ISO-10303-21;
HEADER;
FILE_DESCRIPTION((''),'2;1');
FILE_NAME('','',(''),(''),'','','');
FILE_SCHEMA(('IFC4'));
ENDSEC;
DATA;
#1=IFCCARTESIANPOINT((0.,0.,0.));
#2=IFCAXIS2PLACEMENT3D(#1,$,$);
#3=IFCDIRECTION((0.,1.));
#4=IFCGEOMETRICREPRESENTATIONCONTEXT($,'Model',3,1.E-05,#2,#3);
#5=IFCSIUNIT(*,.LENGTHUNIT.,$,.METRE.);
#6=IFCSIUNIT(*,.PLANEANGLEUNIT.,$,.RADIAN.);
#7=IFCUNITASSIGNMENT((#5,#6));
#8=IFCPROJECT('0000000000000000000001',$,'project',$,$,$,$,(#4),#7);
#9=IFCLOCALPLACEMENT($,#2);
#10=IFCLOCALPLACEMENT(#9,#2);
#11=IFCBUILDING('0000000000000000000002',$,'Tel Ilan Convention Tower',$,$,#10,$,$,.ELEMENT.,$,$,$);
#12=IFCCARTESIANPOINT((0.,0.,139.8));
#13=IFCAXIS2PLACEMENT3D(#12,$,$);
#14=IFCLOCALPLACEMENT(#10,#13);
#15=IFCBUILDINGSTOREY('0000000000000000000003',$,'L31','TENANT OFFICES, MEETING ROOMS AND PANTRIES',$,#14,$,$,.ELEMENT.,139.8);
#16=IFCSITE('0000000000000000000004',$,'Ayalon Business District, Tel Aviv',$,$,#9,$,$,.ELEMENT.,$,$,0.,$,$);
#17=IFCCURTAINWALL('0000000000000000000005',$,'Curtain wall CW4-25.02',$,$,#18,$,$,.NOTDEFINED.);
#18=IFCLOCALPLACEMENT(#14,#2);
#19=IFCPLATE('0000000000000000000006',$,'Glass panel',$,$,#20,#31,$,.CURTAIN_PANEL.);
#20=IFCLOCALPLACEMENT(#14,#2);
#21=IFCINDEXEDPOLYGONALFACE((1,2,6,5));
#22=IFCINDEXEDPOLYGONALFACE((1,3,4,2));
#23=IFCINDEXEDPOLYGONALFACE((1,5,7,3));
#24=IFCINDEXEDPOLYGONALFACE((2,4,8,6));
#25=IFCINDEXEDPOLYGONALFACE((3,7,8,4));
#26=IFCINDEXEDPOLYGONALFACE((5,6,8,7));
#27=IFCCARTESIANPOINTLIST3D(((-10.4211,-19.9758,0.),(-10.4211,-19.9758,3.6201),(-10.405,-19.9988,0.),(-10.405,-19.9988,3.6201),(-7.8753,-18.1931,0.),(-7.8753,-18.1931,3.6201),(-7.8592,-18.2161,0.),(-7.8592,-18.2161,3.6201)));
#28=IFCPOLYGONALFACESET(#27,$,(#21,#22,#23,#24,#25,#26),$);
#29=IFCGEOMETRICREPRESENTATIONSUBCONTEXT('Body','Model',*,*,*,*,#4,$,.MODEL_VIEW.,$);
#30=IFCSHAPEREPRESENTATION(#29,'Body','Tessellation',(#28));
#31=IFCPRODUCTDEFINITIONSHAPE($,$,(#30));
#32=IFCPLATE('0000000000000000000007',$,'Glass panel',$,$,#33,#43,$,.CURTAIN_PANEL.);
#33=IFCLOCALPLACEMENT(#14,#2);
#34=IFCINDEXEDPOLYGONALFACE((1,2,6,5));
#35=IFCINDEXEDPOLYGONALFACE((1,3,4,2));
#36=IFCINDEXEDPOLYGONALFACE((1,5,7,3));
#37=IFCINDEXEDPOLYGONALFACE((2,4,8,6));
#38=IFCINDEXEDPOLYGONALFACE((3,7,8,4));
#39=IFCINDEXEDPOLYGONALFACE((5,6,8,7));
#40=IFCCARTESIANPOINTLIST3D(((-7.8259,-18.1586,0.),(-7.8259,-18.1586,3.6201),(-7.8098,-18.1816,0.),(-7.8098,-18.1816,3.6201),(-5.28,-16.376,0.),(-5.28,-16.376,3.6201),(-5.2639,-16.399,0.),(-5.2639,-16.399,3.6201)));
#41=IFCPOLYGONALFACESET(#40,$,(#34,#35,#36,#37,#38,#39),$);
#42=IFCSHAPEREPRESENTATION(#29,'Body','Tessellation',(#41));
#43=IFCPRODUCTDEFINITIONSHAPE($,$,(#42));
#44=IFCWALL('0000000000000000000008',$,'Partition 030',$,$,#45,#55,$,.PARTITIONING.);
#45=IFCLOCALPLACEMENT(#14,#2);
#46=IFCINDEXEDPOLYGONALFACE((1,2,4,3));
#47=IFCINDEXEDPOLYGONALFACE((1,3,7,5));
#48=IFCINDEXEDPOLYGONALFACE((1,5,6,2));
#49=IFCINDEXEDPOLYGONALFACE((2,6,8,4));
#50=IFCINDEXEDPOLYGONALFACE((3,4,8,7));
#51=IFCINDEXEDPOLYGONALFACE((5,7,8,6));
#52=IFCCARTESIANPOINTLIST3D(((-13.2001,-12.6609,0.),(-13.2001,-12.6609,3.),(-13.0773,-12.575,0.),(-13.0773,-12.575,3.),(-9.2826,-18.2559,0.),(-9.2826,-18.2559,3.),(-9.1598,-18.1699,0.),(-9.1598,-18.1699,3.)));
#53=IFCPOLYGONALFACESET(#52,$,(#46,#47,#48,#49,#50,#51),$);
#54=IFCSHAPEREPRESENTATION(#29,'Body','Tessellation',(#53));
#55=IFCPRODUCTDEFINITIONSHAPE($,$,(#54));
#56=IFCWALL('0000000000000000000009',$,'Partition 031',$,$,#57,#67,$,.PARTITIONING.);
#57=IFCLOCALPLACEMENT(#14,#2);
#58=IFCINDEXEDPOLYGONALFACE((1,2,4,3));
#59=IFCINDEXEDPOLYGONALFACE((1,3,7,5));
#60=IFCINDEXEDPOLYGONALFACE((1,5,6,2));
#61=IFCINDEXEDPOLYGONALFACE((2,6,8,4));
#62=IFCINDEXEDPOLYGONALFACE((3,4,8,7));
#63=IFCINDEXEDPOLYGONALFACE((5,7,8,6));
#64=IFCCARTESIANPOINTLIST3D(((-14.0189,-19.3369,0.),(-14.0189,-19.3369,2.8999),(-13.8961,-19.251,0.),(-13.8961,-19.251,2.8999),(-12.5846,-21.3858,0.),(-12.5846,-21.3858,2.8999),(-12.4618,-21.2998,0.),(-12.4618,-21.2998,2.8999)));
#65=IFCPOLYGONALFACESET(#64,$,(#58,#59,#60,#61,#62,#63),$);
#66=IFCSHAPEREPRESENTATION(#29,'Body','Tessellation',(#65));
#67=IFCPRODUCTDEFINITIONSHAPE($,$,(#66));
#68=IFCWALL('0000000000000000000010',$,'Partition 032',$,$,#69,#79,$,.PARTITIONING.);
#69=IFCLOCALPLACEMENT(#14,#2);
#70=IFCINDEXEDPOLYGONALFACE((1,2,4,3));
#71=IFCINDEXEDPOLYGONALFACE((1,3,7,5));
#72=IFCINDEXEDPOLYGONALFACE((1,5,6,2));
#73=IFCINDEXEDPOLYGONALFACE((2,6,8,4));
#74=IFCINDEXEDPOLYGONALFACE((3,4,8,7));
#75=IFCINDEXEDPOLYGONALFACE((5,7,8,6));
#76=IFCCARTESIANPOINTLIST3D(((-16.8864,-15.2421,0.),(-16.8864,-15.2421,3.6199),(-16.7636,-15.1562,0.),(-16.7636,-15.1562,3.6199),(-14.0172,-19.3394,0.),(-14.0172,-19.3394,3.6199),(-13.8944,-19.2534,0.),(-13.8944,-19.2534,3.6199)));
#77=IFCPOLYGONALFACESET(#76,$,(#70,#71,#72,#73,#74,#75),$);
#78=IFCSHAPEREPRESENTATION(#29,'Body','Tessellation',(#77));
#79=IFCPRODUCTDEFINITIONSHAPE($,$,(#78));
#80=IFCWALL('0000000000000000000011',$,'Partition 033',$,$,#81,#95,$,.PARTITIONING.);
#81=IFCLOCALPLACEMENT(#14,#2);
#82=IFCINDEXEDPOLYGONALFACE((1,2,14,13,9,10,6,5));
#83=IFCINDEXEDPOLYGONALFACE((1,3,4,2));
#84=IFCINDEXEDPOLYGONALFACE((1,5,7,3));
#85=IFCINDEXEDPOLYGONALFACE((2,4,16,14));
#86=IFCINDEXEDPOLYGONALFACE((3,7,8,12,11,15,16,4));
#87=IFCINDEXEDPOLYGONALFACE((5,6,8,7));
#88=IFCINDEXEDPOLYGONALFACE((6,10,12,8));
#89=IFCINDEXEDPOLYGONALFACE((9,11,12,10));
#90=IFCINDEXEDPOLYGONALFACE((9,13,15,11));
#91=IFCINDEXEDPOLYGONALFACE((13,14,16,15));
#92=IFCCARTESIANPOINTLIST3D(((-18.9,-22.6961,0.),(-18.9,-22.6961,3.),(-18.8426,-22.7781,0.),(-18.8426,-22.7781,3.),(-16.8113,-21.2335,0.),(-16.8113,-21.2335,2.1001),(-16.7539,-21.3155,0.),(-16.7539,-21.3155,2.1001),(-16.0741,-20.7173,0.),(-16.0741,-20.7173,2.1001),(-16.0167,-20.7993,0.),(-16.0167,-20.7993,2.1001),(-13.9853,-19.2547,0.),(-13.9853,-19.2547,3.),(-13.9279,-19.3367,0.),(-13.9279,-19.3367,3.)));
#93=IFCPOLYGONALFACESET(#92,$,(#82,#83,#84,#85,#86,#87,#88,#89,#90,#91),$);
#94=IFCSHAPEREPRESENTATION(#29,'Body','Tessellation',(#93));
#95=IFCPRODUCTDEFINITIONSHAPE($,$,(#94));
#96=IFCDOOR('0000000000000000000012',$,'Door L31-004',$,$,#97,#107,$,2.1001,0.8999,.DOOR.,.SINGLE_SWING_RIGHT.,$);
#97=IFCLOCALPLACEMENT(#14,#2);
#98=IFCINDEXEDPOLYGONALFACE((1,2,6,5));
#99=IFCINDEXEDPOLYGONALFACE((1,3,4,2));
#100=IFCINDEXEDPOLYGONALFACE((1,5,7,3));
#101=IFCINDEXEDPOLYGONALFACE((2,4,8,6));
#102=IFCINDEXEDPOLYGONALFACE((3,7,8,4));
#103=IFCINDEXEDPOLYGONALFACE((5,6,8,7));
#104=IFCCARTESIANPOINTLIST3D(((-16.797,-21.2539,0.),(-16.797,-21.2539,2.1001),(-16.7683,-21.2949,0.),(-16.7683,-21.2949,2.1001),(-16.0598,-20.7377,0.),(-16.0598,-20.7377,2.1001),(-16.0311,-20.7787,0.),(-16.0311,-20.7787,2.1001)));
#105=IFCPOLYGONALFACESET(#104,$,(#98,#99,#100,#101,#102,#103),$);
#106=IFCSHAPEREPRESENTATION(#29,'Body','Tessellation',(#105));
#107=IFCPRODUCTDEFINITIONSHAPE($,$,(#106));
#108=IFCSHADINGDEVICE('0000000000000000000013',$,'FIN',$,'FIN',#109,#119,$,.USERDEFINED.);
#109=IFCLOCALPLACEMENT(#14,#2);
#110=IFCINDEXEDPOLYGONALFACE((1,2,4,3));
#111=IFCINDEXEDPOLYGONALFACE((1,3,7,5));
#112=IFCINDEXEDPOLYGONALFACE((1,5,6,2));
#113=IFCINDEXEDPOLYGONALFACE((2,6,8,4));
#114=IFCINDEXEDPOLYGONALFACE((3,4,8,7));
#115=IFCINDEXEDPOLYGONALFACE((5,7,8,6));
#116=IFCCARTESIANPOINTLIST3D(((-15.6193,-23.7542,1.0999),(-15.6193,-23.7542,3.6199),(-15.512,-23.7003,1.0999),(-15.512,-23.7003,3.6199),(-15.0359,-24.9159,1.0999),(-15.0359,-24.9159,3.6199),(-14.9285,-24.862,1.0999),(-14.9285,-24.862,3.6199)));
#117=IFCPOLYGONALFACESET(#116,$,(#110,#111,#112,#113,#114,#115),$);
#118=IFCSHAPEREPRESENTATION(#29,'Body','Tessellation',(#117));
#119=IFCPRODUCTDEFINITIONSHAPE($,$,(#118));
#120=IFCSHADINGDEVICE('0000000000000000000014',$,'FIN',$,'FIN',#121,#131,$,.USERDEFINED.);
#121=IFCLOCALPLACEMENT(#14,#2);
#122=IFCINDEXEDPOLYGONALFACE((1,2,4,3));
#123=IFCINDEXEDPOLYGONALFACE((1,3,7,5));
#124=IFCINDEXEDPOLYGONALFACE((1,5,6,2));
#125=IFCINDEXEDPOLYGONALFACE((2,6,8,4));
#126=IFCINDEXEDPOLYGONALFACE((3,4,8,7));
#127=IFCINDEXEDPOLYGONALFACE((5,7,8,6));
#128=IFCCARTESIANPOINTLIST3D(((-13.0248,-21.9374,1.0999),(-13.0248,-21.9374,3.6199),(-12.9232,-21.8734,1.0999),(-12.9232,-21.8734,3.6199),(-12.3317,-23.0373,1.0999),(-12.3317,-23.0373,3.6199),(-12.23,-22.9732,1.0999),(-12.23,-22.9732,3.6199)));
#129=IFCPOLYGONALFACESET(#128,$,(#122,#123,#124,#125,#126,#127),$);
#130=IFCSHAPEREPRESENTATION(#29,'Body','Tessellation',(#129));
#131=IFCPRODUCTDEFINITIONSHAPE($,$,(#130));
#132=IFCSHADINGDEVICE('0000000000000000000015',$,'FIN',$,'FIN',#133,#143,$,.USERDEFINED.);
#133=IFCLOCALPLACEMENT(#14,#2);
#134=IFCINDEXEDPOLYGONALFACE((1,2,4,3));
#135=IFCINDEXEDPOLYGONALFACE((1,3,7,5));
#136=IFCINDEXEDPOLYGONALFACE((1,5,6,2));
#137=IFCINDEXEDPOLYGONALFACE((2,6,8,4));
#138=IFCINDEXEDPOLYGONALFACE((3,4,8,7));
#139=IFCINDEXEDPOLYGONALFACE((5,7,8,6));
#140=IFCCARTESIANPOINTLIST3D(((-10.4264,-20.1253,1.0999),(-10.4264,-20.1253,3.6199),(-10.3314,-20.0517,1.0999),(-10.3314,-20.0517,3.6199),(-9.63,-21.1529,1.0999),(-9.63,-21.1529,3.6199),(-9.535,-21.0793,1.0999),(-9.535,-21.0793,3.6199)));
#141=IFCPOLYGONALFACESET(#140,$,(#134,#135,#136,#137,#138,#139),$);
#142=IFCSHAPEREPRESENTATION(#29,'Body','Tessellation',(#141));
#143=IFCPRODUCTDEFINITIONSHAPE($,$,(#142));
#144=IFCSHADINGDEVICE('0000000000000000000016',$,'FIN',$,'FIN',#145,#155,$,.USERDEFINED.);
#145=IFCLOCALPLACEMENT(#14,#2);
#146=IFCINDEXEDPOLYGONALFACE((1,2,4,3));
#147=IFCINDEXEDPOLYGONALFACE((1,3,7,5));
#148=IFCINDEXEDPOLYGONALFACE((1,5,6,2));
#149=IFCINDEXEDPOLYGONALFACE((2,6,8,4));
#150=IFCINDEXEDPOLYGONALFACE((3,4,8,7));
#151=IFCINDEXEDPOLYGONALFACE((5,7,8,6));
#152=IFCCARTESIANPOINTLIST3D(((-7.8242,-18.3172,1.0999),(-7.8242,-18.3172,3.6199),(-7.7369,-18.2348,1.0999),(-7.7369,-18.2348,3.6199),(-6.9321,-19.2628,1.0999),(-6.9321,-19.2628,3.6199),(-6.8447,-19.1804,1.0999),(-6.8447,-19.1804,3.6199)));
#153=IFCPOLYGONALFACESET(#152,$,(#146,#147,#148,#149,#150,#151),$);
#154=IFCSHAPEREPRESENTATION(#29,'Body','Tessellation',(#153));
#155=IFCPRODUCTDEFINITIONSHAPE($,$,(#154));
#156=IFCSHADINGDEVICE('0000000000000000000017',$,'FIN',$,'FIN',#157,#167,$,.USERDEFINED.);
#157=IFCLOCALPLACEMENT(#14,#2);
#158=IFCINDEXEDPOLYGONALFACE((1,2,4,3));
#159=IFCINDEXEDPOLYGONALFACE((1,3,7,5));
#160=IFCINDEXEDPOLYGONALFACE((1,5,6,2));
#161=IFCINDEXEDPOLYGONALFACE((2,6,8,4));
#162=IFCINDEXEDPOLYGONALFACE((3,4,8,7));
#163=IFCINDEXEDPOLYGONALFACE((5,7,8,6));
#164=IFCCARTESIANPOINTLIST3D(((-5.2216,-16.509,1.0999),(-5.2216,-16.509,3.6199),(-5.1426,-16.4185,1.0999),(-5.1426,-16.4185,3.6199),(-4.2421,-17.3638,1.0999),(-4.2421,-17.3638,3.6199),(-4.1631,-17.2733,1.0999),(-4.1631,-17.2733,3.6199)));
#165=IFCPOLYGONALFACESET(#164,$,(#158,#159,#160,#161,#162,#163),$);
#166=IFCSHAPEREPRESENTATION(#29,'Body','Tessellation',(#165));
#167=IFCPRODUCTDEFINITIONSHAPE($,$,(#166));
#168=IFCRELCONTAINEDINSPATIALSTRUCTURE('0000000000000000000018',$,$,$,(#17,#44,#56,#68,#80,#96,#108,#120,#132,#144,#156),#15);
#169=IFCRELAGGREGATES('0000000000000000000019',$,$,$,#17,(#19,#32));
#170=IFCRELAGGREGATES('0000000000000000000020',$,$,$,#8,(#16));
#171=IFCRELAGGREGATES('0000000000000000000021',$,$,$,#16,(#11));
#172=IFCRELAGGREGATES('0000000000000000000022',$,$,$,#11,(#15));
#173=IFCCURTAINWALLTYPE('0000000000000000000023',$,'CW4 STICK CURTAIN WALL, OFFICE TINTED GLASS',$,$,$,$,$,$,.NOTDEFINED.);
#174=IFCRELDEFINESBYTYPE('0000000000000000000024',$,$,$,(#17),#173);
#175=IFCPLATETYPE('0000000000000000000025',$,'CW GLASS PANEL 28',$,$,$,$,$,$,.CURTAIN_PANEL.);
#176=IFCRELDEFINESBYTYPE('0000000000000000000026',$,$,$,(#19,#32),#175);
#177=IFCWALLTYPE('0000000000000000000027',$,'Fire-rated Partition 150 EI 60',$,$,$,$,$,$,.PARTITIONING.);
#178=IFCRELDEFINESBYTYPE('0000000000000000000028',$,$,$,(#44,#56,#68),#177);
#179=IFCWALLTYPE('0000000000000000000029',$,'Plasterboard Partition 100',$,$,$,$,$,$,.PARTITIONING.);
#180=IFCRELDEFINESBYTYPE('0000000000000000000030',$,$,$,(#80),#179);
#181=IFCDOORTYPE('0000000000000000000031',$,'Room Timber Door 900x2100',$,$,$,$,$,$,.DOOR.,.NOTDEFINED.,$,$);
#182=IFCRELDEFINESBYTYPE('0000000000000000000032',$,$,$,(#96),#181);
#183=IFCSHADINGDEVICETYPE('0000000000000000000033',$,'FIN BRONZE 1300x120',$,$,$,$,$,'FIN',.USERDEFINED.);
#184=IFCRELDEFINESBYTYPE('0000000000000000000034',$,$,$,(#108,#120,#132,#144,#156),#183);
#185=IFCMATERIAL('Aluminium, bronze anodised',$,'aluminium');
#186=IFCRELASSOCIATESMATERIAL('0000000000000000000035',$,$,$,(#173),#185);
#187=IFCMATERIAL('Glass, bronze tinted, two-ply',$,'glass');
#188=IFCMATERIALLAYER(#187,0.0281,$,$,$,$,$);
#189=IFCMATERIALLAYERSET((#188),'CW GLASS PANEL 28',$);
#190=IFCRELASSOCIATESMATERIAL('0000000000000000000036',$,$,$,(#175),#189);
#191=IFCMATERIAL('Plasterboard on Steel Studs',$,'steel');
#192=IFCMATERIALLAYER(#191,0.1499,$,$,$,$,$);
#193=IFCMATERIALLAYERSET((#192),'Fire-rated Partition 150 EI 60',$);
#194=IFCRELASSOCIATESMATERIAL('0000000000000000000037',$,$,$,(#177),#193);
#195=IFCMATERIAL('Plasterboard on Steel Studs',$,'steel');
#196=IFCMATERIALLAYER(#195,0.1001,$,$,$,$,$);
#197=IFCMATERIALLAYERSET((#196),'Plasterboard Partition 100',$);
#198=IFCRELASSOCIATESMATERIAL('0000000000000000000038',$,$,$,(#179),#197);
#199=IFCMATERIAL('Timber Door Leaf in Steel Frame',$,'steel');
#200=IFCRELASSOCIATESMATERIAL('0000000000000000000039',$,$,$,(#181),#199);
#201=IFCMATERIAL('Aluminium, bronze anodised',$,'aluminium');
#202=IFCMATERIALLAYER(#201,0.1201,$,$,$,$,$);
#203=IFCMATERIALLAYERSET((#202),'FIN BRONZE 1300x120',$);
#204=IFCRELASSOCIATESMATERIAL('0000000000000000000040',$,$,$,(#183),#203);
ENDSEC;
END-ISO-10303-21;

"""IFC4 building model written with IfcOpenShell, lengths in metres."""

from ifc_helpers import new_model, si_unit, direction, frame, frame_2d, origin, origin_2d, place, context, subcontext, project, spatial, rectangle, extrude, material, layer, layer_set, type_object, element, fill, aggregate, save


model = new_model("IFC4")

# Units and contexts
model_context = context("Model", 3, precision=1e-05, world=origin(), true_north=direction((0.0, 1.0)))
body_context = subcontext(model_context, "Body", "Model", "MODEL_VIEW")
ifc_project = project(units=[si_unit("LENGTHUNIT", "METRE"), si_unit("PLANEANGLEUNIT", "RADIAN")], contexts=[model_context])

# Site, building, storey
site_placement = place(None, origin())
site = spatial("IfcSite", under=ifc_project, at=site_placement, Name="Ayalon Business District, Tel Aviv", CompositionType="ELEMENT", RefElevation=0.0)
building_placement = place(site_placement, origin())
building = spatial("IfcBuilding", under=site, at=building_placement, Name="Tel Ilan Convention Tower", CompositionType="ELEMENT")
storey_placement = place(building_placement, frame((0.0, 0.0, 139.8)))
storey = spatial("IfcBuildingStorey", under=building, at=storey_placement, Name="L31", Description="TENANT OFFICES, MEETING ROOMS AND PANTRIES", CompositionType="ELEMENT", Elevation=139.8)

# Curtain wall, plates
ifc_material_1 = material(Name="Aluminium, bronze anodised", Category="aluminium")
curtain_wall_type = type_object("IfcCurtainWallType", Name="CW4 STICK CURTAIN WALL, OFFICE TINTED GLASS", PredefinedType="NOTDEFINED", material=ifc_material_1)
curtain_wall_placement = place(storey_placement, origin())
curtain_wall = element("IfcCurtainWall", 1, at=curtain_wall_placement, inside=storey, type_object=curtain_wall_type, Name="Curtain wall CW4-25.02", PredefinedType="NOTDEFINED")
ifc_material_2 = material(Name="Glass, bronze tinted, two-ply", Category="glass")
ifc_layer_1 = layer(ifc_material_2, 0.0281)
ifc_layer_set_1 = layer_set([ifc_layer_1], Name="CW GLASS PANEL 28")
plate_type = type_object("IfcPlateType", Name="CW GLASS PANEL 28", PredefinedType="CURTAIN_PANEL", material=ifc_layer_set_1)
plate_1_placement = place(storey_placement, frame((-9.1401, -19.0959, 0.0), z_axis=(0.0, 0.0, 1.0), x_axis=(0.819152, 0.573576, 0.0)))
plate_1 = element("IfcPlate", 2, at=plate_1_placement, type_object=plate_type, Name="Glass panel", PredefinedType="CURTAIN_PANEL", context=body_context, shape_type="SweptSolid", body=[
    extrude(rectangle(XDim=3.1079, YDim=0.0281, at=origin_2d()), origin(), (0.0, 0.0, 1.0), 3.6201),
])
plate_2_placement = place(storey_placement, frame((-6.5449, -17.2788, 0.0), z_axis=(0.0, 0.0, 1.0), x_axis=(0.819152, 0.573576, 0.0)))
plate_2 = element("IfcPlate", 3, at=plate_2_placement, type_object=plate_type, Name="Glass panel", PredefinedType="CURTAIN_PANEL", context=body_context, shape_type="SweptSolid", body=[
    extrude(rectangle(XDim=3.1079, YDim=0.0281, at=origin_2d()), origin(), (0.0, 0.0, 1.0), 3.6201),
])
aggregate(curtain_wall, [plate_1, plate_2])

# Walls
ifc_material_3 = material(Name="Plasterboard on Steel Studs", Category="steel")
ifc_layer_2 = layer(ifc_material_3, 0.1499)
ifc_layer_set_2 = layer_set([ifc_layer_2], Name="Fire-rated Partition 150 EI 60")
wall_type_1 = type_object("IfcWallType", Name="Fire-rated Partition 150 EI 60", PredefinedType="PARTITIONING", material=ifc_layer_set_2)
wall_1_placement = place(storey_placement, frame((-9.2212, -18.2129, 0.0), z_axis=(0.0, 0.0, 1.0), x_axis=(-0.573561, 0.819163, 0.0)))
element("IfcWall", 4, at=wall_1_placement, inside=storey, type_object=wall_type_1, Name="Partition 030", PredefinedType="PARTITIONING", context=body_context, shape_type="SweptSolid", body=[
    extrude(rectangle(XDim=6.8301, YDim=0.1499, at=frame_2d((3.415, 0.0))), origin(), (0.0, 0.0, 1.0), 3.0),
])
wall_2_placement = place(storey_placement, frame((-12.5232, -21.3428, 0.0), z_axis=(0.0, 0.0, 1.0), x_axis=(-0.573502, 0.819204, 0.0)))
element("IfcWall", 5, at=wall_2_placement, inside=storey, type_object=wall_type_1, Name="Partition 031", PredefinedType="PARTITIONING", context=body_context, shape_type="SweptSolid", body=[
    extrude(rectangle(XDim=2.501, YDim=0.1499, at=frame_2d((1.2505, 0.0))), origin(), (0.0, 0.0, 1.0), 2.8999),
])
wall_3_placement = place(storey_placement, frame((-13.9558, -19.2964, 0.0), z_axis=(0.0, 0.0, 1.0), x_axis=(-0.573613, 0.819126, 0.0)))
element("IfcWall", 6, at=wall_3_placement, inside=storey, type_object=wall_type_1, Name="Partition 032", PredefinedType="PARTITIONING", context=body_context, shape_type="SweptSolid", body=[
    extrude(rectangle(XDim=5.002, YDim=0.1499, at=frame_2d((2.501, 0.0))), origin(), (0.0, 0.0, 1.0), 3.6199),
])

# Wall, opening, door
ifc_material_4 = material(Name="Plasterboard on Steel Studs", Category="steel")
ifc_layer_3 = layer(ifc_material_4, 0.1001)
ifc_layer_set_3 = layer_set([ifc_layer_3], Name="Plasterboard Partition 100")
wall_type_2 = type_object("IfcWallType", Name="Plasterboard Partition 100", PredefinedType="PARTITIONING", material=ifc_layer_set_3)
wall_4_placement = place(storey_placement, frame((-13.9565, -19.2957, 0.0), z_axis=(0.0, 0.0, 1.0), x_axis=(-0.81915, -0.57358, 0.0)))
wall_4 = element("IfcWall", 7, at=wall_4_placement, inside=storey, type_object=wall_type_2, Name="Partition 033", PredefinedType="PARTITIONING", context=body_context, shape_type="SweptSolid", body=[
    extrude(rectangle(XDim=5.9998, YDim=0.1001, at=frame_2d((3.0, 0.0))), origin(), (0.0, 0.0, 1.0), 3.0),
])
opening_placement = place(wall_4_placement, frame((2.55, 0.0, 0.0)))
opening = element("IfcOpeningElement", 8, at=opening_placement, cuts=wall_4, PredefinedType="OPENING", context=body_context, shape_type="SweptSolid", body=[
    extrude(rectangle(XDim=0.8999, YDim=2.1001, at=frame_2d((0.45, 1.05))), frame((0.0, 0.0601, 0.0), z_axis=(0.0, -1.0, 0.0), x_axis=(1.0, 0.0, 0.0)), (0.0, 0.0, 1.0), 0.1201),
])
ifc_material_5 = material(Name="Timber Door Leaf in Steel Frame", Category="steel")
door_type = type_object("IfcDoorType", Name="Room Timber Door 900x2100", OperationType="NOTDEFINED", PredefinedType="DOOR", material=ifc_material_5)
door_placement = place(opening_placement, origin())
door = element("IfcDoor", 9, at=door_placement, inside=storey, type_object=door_type, Name="Door L31-004", OperationType="SINGLE_SWING_RIGHT", OverallHeight=2.1001, OverallWidth=0.8999, PredefinedType="DOOR", context=body_context, shape_type="SweptSolid", body=[
    extrude(rectangle(XDim=0.8999, YDim=2.1001, at=frame_2d((0.45, 1.05))), frame((0.0, 0.0249, 0.0), z_axis=(0.0, -1.0, 0.0), x_axis=(1.0, 0.0, 0.0)), (0.0, 0.0, 1.0), 0.05),
])
fill(opening, door)

# Shading devices
ifc_material_6 = material(Name="Aluminium, bronze anodised", Category="aluminium")
ifc_layer_4 = layer(ifc_material_6, 0.1201)
ifc_layer_set_4 = layer_set([ifc_layer_4], Name="FIN BRONZE 1300x120")
shading_device_type = type_object("IfcShadingDeviceType", Name="FIN BRONZE 1300x120", ElementType="FIN", PredefinedType="USERDEFINED", material=ifc_layer_set_4)
for number, where, z_axis, x_axis, name in (
    (10, (-15.2739, -24.3081, 1.0999), (0.0, 0.0, 1.0), (0.448799, -0.893633, 0.0), "FIN"),
    (11, (-12.6274, -22.4553, 1.0999), (0.0, 0.0, 1.0), (0.533204, -0.845986, 0.0), "FIN"),
    (12, (-9.9807, -20.6023, 1.0999), (0.0, 0.0, 1.0), (0.612601, -0.790393, 0.0), "FIN"),
    (13, (-7.3345, -18.7488, 1.0999), (0.0, 0.0, 1.0), (0.686242, -0.727374, 0.0), "FIN"),
    (14, (-4.6924, -16.8911, 1.0999), (0.0, 0.0, 1.0), (0.753436, -0.657521, 0.0), "FIN"),
):
    element("IfcShadingDevice", number, at=place(storey_placement, frame(where, z_axis=z_axis, x_axis=x_axis)), inside=storey, type_object=shading_device_type, Name=name, ObjectType="FIN", PredefinedType="USERDEFINED", context=body_context, shape_type="SweptSolid", body=[
        extrude(rectangle(XDim=1.3, YDim=0.1201, at=origin_2d()), origin(), (0.0, 0.0, 1.0), 2.52),
    ])

save(model, "model.ifc")
